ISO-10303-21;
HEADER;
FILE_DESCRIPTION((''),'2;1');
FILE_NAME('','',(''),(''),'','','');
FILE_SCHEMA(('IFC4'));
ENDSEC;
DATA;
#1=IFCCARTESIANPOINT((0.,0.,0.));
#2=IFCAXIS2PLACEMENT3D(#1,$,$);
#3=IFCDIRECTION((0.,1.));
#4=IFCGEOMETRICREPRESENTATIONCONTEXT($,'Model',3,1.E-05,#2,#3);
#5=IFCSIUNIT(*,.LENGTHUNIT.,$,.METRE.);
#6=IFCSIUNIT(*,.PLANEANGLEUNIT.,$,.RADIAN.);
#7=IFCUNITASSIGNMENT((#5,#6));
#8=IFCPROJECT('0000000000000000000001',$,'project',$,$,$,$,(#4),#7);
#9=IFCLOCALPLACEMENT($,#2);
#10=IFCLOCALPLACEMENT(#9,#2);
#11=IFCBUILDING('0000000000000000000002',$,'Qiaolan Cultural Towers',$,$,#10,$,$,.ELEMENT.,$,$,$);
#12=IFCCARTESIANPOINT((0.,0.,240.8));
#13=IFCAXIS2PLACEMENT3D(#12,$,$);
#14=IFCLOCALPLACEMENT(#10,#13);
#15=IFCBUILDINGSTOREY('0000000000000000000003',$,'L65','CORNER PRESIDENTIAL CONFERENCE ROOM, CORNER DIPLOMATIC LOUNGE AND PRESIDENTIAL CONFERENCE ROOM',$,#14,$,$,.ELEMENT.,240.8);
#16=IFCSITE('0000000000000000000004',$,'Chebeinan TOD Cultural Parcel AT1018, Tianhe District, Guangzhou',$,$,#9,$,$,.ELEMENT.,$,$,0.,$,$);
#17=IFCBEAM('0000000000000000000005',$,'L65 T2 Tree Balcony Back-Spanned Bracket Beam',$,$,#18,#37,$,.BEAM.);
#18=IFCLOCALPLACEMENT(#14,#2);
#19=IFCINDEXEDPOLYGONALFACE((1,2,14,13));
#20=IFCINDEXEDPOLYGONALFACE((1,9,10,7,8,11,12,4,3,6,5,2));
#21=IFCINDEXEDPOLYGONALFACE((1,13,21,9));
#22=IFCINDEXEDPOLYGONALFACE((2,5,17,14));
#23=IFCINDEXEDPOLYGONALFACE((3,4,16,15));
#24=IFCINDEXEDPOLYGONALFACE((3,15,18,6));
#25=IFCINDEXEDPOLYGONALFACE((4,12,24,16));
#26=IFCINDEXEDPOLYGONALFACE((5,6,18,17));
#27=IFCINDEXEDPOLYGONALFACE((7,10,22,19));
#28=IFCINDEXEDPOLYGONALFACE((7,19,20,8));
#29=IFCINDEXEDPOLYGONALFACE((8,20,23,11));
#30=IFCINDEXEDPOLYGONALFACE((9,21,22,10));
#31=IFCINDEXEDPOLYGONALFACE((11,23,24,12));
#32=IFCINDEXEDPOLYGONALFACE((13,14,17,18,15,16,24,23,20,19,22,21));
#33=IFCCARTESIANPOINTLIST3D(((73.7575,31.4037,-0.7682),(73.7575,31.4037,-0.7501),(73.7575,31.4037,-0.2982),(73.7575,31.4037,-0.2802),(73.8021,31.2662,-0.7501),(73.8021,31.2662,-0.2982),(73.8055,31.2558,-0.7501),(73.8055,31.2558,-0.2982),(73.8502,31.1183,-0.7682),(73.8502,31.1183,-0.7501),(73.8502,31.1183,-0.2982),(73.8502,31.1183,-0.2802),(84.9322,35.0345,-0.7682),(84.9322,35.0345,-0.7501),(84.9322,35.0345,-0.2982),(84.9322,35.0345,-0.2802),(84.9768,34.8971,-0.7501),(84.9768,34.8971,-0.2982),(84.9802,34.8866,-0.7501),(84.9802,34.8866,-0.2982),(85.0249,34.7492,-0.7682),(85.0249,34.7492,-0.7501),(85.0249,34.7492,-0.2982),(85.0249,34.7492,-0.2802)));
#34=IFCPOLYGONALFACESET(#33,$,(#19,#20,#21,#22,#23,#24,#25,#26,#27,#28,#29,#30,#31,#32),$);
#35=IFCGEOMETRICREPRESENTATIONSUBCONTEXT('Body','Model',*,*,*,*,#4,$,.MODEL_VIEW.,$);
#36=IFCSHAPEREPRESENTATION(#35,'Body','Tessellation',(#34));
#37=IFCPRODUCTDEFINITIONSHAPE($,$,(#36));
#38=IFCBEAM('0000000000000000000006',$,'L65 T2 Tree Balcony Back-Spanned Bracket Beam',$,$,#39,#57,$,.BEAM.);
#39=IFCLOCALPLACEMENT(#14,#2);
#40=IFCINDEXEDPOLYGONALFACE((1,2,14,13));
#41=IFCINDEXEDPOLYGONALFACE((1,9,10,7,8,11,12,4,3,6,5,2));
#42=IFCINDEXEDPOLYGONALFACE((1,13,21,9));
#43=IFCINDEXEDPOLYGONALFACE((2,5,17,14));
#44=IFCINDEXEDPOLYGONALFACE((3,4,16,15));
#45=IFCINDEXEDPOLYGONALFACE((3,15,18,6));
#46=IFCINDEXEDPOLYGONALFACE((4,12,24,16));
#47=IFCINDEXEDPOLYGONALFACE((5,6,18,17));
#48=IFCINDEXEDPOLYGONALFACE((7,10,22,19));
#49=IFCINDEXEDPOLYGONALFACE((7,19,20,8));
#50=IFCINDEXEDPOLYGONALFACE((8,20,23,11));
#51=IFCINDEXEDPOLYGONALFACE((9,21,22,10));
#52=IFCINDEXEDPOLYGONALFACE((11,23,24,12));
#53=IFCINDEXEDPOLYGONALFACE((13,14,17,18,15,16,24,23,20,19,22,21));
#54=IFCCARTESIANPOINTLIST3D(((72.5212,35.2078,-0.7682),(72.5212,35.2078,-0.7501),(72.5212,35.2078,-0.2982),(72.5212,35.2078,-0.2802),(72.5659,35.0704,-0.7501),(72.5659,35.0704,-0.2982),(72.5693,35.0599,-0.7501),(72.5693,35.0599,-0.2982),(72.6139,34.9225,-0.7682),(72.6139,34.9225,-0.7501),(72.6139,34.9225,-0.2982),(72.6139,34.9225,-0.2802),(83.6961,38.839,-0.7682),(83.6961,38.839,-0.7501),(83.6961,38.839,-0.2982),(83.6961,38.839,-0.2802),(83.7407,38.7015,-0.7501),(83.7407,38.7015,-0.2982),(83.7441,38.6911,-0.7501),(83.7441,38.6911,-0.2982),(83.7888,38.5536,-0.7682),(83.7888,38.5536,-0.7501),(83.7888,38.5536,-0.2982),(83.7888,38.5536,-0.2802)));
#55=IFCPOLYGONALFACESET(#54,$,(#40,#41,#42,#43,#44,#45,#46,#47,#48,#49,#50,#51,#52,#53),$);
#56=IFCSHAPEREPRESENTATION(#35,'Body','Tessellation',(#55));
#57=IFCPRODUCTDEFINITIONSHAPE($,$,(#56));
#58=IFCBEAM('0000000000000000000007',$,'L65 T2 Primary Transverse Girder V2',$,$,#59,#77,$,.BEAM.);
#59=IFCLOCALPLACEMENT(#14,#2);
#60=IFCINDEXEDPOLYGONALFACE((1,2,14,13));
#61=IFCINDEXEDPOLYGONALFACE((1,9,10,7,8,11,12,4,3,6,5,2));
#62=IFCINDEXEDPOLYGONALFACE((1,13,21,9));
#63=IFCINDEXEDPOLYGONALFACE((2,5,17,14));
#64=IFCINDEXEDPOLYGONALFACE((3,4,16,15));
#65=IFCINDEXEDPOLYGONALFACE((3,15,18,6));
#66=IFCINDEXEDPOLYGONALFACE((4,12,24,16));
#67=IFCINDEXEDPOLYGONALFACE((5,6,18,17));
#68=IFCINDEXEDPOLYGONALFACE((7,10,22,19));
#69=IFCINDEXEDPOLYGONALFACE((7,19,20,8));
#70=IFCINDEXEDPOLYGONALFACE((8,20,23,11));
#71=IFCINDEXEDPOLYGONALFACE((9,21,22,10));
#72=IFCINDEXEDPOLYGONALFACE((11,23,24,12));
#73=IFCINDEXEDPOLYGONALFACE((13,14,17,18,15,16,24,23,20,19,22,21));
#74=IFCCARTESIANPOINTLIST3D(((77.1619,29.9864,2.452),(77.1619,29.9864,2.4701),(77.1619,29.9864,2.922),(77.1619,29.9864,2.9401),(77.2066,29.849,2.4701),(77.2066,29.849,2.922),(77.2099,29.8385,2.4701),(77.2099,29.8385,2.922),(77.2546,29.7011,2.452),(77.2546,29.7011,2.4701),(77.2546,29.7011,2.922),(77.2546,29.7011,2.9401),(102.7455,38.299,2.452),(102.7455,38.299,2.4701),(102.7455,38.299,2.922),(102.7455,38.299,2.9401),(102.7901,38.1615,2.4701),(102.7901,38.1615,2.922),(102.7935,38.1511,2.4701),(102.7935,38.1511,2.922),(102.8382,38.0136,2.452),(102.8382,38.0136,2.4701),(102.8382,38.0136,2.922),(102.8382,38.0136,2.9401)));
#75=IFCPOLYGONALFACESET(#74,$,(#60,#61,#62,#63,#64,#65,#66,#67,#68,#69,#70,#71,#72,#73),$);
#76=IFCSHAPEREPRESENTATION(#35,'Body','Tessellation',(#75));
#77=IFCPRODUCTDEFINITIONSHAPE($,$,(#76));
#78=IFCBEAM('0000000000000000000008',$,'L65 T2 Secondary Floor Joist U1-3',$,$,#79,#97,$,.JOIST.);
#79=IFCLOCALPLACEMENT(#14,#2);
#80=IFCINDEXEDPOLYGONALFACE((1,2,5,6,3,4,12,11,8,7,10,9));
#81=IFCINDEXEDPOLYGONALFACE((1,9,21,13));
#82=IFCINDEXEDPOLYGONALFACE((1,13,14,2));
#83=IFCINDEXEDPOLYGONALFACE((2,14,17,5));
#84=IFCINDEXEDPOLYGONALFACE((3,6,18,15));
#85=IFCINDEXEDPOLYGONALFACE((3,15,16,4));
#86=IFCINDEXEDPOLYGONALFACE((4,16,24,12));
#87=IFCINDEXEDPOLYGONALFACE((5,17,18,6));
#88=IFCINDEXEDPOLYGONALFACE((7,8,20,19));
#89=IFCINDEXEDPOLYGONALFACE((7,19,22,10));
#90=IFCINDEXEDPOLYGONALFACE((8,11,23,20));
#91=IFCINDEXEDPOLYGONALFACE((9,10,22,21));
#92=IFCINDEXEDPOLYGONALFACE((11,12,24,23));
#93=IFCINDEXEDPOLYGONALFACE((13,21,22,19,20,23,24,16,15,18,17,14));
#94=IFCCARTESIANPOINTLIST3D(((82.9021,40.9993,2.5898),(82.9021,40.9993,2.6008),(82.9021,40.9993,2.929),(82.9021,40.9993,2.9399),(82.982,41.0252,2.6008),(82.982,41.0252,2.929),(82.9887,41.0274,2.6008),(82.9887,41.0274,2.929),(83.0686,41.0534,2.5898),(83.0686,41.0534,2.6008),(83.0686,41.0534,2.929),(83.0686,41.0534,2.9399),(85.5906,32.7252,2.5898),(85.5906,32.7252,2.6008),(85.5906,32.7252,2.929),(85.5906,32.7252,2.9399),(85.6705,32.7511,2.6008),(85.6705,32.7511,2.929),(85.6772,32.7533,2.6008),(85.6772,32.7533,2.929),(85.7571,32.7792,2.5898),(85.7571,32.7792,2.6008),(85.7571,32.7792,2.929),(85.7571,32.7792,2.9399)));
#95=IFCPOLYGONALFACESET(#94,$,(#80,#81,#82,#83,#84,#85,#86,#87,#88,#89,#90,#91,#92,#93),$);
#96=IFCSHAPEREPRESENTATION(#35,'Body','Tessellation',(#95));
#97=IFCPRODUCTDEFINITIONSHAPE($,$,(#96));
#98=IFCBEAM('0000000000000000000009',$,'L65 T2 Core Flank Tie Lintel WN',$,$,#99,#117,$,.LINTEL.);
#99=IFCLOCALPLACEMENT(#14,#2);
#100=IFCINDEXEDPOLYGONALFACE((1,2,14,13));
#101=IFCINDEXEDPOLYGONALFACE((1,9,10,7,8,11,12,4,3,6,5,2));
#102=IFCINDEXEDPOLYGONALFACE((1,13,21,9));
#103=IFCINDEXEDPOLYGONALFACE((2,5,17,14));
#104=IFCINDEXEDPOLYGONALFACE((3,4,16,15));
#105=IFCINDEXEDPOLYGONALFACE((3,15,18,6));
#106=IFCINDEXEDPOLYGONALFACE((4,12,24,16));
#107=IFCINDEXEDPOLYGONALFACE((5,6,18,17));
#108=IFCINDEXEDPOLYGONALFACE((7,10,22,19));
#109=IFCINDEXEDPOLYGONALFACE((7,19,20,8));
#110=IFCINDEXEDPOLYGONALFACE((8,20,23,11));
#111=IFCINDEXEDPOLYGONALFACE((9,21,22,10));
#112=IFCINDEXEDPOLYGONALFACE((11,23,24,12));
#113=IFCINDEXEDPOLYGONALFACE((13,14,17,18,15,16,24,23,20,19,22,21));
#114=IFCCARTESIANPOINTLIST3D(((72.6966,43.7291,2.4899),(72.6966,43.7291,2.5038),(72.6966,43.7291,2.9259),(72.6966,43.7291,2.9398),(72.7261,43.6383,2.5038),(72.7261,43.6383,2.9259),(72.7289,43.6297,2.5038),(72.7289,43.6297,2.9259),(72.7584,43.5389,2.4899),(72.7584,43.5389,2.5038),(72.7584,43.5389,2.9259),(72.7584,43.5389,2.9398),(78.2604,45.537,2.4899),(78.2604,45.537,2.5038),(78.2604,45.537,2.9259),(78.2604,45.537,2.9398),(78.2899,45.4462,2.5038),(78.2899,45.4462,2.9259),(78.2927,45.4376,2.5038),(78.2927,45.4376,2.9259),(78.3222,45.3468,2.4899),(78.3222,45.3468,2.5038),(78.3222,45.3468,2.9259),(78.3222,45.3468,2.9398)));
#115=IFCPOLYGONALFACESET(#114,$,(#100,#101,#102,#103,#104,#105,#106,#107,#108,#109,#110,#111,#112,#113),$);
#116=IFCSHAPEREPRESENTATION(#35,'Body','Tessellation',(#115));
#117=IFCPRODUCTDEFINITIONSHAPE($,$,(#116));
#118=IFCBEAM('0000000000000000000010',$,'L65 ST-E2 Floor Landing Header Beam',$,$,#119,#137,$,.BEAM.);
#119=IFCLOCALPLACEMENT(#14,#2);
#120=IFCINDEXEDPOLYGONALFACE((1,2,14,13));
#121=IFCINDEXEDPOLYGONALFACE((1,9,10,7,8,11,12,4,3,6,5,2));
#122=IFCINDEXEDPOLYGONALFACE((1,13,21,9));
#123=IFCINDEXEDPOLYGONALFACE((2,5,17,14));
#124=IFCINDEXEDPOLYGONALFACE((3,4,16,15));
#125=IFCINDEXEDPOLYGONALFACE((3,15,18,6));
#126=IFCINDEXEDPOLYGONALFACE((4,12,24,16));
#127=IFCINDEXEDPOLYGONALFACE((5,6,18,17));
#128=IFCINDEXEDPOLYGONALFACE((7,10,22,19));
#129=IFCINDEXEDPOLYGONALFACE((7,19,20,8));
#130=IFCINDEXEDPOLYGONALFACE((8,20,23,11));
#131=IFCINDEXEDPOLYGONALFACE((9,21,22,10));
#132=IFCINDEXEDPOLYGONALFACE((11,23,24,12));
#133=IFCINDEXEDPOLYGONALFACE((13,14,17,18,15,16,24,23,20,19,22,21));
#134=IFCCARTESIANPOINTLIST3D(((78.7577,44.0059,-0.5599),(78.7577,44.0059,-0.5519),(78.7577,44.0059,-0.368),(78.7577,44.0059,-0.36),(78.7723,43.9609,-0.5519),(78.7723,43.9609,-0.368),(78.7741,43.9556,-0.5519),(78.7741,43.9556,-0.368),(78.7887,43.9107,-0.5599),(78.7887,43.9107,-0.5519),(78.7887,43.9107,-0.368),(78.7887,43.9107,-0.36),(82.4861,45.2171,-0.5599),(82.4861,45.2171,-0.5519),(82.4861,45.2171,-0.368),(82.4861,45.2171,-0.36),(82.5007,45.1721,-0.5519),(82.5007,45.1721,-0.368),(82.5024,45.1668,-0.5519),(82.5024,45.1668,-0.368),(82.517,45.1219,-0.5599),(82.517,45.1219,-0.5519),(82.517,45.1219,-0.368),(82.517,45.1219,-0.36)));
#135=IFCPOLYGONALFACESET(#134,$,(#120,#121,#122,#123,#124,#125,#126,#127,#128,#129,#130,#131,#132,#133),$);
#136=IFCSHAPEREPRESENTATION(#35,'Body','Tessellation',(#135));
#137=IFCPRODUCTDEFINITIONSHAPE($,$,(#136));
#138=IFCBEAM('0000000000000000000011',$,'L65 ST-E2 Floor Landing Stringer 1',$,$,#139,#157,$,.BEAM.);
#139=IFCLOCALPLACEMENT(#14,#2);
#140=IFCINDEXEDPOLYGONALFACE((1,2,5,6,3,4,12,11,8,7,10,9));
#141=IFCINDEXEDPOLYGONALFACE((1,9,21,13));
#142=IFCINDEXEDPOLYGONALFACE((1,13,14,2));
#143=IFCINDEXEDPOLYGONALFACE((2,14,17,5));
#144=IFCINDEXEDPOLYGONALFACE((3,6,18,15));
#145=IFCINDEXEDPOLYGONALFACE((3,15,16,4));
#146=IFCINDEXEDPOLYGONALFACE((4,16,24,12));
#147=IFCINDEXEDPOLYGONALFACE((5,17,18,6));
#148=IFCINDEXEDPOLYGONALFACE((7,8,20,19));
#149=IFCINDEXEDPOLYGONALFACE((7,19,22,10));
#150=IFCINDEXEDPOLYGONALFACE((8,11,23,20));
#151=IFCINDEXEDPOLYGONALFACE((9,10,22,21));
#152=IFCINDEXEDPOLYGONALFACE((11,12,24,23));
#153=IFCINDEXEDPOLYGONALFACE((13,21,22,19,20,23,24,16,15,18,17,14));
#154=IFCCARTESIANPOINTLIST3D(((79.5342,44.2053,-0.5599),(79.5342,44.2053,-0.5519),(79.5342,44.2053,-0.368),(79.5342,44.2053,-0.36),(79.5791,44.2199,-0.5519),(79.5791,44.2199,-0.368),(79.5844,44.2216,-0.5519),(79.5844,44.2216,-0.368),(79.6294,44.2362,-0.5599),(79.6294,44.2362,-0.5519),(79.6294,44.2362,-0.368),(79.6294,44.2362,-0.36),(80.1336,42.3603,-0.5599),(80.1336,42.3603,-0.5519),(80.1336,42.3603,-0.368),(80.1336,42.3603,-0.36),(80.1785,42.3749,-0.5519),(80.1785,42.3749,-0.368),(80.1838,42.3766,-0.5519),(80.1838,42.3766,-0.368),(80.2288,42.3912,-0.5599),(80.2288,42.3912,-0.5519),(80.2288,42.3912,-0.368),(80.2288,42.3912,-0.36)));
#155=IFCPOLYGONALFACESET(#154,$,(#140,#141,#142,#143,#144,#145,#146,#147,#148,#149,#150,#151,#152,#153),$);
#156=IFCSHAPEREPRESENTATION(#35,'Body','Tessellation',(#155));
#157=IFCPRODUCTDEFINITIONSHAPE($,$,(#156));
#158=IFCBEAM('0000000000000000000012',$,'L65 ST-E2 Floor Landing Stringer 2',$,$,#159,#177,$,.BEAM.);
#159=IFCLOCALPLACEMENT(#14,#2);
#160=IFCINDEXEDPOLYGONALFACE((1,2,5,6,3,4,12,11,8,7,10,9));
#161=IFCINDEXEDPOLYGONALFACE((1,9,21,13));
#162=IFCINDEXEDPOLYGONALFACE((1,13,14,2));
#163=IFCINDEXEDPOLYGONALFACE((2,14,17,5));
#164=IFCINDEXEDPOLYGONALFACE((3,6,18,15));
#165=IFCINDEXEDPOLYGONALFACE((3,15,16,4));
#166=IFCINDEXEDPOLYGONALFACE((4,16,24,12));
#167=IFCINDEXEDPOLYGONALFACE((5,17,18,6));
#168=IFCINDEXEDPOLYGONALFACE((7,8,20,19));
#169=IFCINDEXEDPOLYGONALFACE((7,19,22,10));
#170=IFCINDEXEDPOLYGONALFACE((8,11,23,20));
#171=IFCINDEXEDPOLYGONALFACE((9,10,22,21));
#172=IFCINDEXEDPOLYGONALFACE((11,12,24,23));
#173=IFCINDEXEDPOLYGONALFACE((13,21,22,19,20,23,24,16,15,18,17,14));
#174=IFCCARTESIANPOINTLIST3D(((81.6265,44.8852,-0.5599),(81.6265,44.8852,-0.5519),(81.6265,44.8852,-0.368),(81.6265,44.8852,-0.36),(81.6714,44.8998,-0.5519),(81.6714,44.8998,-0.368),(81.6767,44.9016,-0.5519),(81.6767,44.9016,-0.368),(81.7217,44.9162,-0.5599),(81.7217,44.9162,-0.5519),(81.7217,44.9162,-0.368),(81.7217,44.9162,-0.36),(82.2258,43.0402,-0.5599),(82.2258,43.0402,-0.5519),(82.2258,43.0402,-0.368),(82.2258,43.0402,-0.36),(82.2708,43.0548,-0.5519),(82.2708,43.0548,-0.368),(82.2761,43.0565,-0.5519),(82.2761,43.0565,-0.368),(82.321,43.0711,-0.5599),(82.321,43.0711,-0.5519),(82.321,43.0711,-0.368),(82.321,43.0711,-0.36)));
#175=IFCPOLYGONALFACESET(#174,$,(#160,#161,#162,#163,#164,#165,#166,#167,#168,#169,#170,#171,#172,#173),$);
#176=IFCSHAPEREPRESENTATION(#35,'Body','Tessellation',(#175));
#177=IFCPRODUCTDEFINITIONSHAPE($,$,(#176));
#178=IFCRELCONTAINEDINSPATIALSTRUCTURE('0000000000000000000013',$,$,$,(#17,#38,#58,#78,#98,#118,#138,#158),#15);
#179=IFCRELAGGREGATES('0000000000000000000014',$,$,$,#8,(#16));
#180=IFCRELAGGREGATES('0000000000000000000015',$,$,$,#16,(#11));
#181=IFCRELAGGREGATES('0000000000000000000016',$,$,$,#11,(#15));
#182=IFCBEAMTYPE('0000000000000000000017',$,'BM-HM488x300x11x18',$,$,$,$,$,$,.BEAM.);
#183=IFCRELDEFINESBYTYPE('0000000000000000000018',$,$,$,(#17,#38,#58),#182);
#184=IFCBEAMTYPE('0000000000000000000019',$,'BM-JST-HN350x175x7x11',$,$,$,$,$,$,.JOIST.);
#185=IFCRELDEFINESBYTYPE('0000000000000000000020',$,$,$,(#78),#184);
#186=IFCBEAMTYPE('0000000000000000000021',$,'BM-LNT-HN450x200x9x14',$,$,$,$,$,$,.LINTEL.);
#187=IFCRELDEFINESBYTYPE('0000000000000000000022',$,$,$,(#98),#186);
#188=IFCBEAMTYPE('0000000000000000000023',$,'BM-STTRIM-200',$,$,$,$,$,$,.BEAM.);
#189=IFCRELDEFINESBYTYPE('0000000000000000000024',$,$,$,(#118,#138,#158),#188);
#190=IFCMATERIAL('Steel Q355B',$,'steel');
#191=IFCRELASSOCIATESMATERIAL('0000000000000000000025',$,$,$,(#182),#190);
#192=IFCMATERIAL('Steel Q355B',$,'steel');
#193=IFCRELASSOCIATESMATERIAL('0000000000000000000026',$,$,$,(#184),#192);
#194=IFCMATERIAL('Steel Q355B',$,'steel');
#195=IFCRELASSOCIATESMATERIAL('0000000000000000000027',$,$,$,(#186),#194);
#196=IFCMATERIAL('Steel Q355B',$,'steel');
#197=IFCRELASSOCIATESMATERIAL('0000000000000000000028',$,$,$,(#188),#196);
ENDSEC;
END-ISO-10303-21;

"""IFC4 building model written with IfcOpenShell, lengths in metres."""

from ifc_helpers import new_model, si_unit, direction, frame, origin, origin_2d, place, context, subcontext, project, spatial, i_section, extrude, material, material_profile, profile_set, type_object, element, save


model = new_model("IFC4")

# Units and contexts
model_context = context("Model", 3, precision=1e-05, world=origin(), true_north=direction((0.0, 1.0)))
body_context = subcontext(model_context, "Body", "Model", "MODEL_VIEW")
ifc_project = project(units=[si_unit("LENGTHUNIT", "METRE"), si_unit("PLANEANGLEUNIT", "RADIAN")], contexts=[model_context])

# Site, building, storey
site_placement = place(None, origin())
site = spatial("IfcSite", under=ifc_project, at=site_placement, Name="Chebeinan TOD Cultural Parcel AT1018, Tianhe District, Guangzhou", CompositionType="ELEMENT", RefElevation=0.0)
building_placement = place(site_placement, origin())
building = spatial("IfcBuilding", under=site, at=building_placement, Name="Qiaolan Cultural Towers", CompositionType="ELEMENT")
storey_placement = place(building_placement, frame((0.0, 0.0, 240.8)))
storey = spatial("IfcBuildingStorey", under=building, at=storey_placement, Name="L65", Description="CORNER PRESIDENTIAL CONFERENCE ROOM, CORNER DIPLOMATIC LOUNGE AND PRESIDENTIAL CONFERENCE ROOM", CompositionType="ELEMENT", Elevation=240.8)

# Beams
ifc_material_1 = material(Name="Steel Q355B", Category="steel")
ifc_material_profile_1 = material_profile(ifc_material_1, i_section(OverallWidth=0.3, OverallDepth=0.488, WebThickness=0.011, FlangeThickness=0.0181, at=origin_2d()), Name="HM488x300x11x18")
ifc_profile_set_1 = profile_set([ifc_material_profile_1], Name="Steel Q355B")
beam_type_1 = type_object("IfcBeamType", Name="BM-HM488x300x11x18", PredefinedType="BEAM", material=ifc_profile_set_1)
beam_1_placement = place(storey_placement, frame((84.9785, 34.8918, -0.5242), z_axis=(-0.951058, -0.309013, 0.0), x_axis=(0.309013, -0.951058, 0.0)))
element("IfcBeam", 1, at=beam_1_placement, inside=storey, type_object=beam_type_1, Name="L65 T2 Tree Balcony Back-Spanned Bracket Beam", PredefinedType="BEAM", context=body_context, shape_type="SweptSolid", body=[
    extrude(i_section(OverallWidth=0.3, OverallDepth=0.488, WebThickness=0.011, FlangeThickness=0.0181, at=origin_2d()), origin(), (0.0, 0.0, 1.0), 11.7498),
])
beam_2_placement = place(storey_placement, frame((83.7424, 38.6963, -0.5242), z_axis=(-0.951052, -0.309032, 0.0), x_axis=(0.309032, -0.951052, 0.0)))
element("IfcBeam", 2, at=beam_2_placement, inside=storey, type_object=beam_type_1, Name="L65 T2 Tree Balcony Back-Spanned Bracket Beam", PredefinedType="BEAM", context=body_context, shape_type="SweptSolid", body=[
    extrude(i_section(OverallWidth=0.3, OverallDepth=0.488, WebThickness=0.011, FlangeThickness=0.0181, at=origin_2d()), origin(), (0.0, 0.0, 1.0), 11.75),
])
beam_3_placement = place(storey_placement, frame((77.2083, 29.8438, 2.696), z_axis=(0.951057, 0.309014, 0.0), x_axis=(-0.309014, 0.951057, 0.0)))
element("IfcBeam", 3, at=beam_3_placement, inside=storey, type_object=beam_type_1, Name="L65 T2 Primary Transverse Girder V2", PredefinedType="BEAM", context=body_context, shape_type="SweptSolid", body=[
    extrude(i_section(OverallWidth=0.3, OverallDepth=0.488, WebThickness=0.011, FlangeThickness=0.0181, at=origin_2d()), origin(), (0.0, 0.0, 1.0), 26.9001),
])
ifc_material_2 = material(Name="Steel Q355B", Category="steel")
ifc_material_profile_2 = material_profile(ifc_material_2, i_section(OverallWidth=0.175, OverallDepth=0.3501, WebThickness=0.0071, FlangeThickness=0.011, at=origin_2d()), Name="HN350x175x7x11")
ifc_profile_set_2 = profile_set([ifc_material_profile_2], Name="Steel Q355B")
beam_type_2 = type_object("IfcBeamType", Name="BM-JST-HN350x175x7x11", PredefinedType="JOIST", material=ifc_profile_set_2)
beam_4_placement = place(storey_placement, frame((85.6738, 32.7522, 2.7649), z_axis=(-0.309021, 0.951055, 0.0), x_axis=(-0.951055, -0.309021, 0.0)))
element("IfcBeam", 4, at=beam_4_placement, inside=storey, type_object=beam_type_2, Name="L65 T2 Secondary Floor Joist U1-3", PredefinedType="JOIST", context=body_context, shape_type="SweptSolid", body=[
    extrude(i_section(OverallWidth=0.175, OverallDepth=0.3501, WebThickness=0.0071, FlangeThickness=0.011, at=origin_2d()), origin(), (0.0, 0.0, 1.0), 8.7),
])
ifc_material_3 = material(Name="Steel Q355B", Category="steel")
ifc_material_profile_3 = material_profile(ifc_material_3, i_section(OverallWidth=0.2, OverallDepth=0.45, WebThickness=0.009, FlangeThickness=0.0139, at=origin_2d()), Name="HN450x200x9x14")
ifc_profile_set_3 = profile_set([ifc_material_profile_3], Name="Steel Q355B")
beam_type_3 = type_object("IfcBeamType", Name="BM-LNT-HN450x200x9x14", PredefinedType="LINTEL", material=ifc_profile_set_3)
beam_5_placement = place(storey_placement, frame((78.2913, 45.4419, 2.7148), z_axis=(-0.951052, -0.309032, 0.0), x_axis=(0.309032, -0.951052, 0.0)))
element("IfcBeam", 5, at=beam_5_placement, inside=storey, type_object=beam_type_3, Name="L65 T2 Core Flank Tie Lintel WN", PredefinedType="LINTEL", context=body_context, shape_type="SweptSolid", body=[
    extrude(i_section(OverallWidth=0.2, OverallDepth=0.45, WebThickness=0.009, FlangeThickness=0.0139, at=origin_2d()), origin(), (0.0, 0.0, 1.0), 5.8501),
])
ifc_material_4 = material(Name="Steel Q355B", Category="steel")
ifc_material_profile_4 = material_profile(ifc_material_4, i_section(OverallWidth=0.1001, OverallDepth=0.2, WebThickness=0.0056, FlangeThickness=0.0081, at=origin_2d()), Name="HN200x100x5.5x8")
ifc_profile_set_4 = profile_set([ifc_material_profile_4], Name="Steel Q355B")
beam_type_4 = type_object("IfcBeamType", Name="BM-STTRIM-200", PredefinedType="BEAM", material=ifc_profile_set_4)
beam_6_placement = place(storey_placement, frame((78.7732, 43.9583, -0.46), z_axis=(0.951072, 0.308969, 0.0), x_axis=(-0.308969, 0.951072, 0.0)))
element("IfcBeam", 6, at=beam_6_placement, inside=storey, type_object=beam_type_4, Name="L65 ST-E2 Floor Landing Header Beam", PredefinedType="BEAM", context=body_context, shape_type="SweptSolid", body=[
    extrude(i_section(OverallWidth=0.1001, OverallDepth=0.2, WebThickness=0.0056, FlangeThickness=0.0081, at=origin_2d()), origin(), (0.0, 0.0, 1.0), 3.9202),
])
for number, where, z_axis, x_axis, name in (
    (7, (80.1812, 42.3757, -0.46), (-0.308969, 0.951072, 0.0), (-0.951072, -0.308969, 0.0), "L65 ST-E2 Floor Landing Stringer 1"),
    (8, (82.2734, 43.0557, -0.46), (-0.308969, 0.951072, 0.0), (-0.951072, -0.308969, 0.0), "L65 ST-E2 Floor Landing Stringer 2"),
):
    element("IfcBeam", number, at=place(storey_placement, frame(where, z_axis=z_axis, x_axis=x_axis)), inside=storey, type_object=beam_type_4, Name=name, PredefinedType="BEAM", context=body_context, shape_type="SweptSolid", body=[
        extrude(i_section(OverallWidth=0.1001, OverallDepth=0.2, WebThickness=0.0056, FlangeThickness=0.0081, at=origin_2d()), origin(), (0.0, 0.0, 1.0), 1.9399),
    ])

save(model, "model.ifc")
